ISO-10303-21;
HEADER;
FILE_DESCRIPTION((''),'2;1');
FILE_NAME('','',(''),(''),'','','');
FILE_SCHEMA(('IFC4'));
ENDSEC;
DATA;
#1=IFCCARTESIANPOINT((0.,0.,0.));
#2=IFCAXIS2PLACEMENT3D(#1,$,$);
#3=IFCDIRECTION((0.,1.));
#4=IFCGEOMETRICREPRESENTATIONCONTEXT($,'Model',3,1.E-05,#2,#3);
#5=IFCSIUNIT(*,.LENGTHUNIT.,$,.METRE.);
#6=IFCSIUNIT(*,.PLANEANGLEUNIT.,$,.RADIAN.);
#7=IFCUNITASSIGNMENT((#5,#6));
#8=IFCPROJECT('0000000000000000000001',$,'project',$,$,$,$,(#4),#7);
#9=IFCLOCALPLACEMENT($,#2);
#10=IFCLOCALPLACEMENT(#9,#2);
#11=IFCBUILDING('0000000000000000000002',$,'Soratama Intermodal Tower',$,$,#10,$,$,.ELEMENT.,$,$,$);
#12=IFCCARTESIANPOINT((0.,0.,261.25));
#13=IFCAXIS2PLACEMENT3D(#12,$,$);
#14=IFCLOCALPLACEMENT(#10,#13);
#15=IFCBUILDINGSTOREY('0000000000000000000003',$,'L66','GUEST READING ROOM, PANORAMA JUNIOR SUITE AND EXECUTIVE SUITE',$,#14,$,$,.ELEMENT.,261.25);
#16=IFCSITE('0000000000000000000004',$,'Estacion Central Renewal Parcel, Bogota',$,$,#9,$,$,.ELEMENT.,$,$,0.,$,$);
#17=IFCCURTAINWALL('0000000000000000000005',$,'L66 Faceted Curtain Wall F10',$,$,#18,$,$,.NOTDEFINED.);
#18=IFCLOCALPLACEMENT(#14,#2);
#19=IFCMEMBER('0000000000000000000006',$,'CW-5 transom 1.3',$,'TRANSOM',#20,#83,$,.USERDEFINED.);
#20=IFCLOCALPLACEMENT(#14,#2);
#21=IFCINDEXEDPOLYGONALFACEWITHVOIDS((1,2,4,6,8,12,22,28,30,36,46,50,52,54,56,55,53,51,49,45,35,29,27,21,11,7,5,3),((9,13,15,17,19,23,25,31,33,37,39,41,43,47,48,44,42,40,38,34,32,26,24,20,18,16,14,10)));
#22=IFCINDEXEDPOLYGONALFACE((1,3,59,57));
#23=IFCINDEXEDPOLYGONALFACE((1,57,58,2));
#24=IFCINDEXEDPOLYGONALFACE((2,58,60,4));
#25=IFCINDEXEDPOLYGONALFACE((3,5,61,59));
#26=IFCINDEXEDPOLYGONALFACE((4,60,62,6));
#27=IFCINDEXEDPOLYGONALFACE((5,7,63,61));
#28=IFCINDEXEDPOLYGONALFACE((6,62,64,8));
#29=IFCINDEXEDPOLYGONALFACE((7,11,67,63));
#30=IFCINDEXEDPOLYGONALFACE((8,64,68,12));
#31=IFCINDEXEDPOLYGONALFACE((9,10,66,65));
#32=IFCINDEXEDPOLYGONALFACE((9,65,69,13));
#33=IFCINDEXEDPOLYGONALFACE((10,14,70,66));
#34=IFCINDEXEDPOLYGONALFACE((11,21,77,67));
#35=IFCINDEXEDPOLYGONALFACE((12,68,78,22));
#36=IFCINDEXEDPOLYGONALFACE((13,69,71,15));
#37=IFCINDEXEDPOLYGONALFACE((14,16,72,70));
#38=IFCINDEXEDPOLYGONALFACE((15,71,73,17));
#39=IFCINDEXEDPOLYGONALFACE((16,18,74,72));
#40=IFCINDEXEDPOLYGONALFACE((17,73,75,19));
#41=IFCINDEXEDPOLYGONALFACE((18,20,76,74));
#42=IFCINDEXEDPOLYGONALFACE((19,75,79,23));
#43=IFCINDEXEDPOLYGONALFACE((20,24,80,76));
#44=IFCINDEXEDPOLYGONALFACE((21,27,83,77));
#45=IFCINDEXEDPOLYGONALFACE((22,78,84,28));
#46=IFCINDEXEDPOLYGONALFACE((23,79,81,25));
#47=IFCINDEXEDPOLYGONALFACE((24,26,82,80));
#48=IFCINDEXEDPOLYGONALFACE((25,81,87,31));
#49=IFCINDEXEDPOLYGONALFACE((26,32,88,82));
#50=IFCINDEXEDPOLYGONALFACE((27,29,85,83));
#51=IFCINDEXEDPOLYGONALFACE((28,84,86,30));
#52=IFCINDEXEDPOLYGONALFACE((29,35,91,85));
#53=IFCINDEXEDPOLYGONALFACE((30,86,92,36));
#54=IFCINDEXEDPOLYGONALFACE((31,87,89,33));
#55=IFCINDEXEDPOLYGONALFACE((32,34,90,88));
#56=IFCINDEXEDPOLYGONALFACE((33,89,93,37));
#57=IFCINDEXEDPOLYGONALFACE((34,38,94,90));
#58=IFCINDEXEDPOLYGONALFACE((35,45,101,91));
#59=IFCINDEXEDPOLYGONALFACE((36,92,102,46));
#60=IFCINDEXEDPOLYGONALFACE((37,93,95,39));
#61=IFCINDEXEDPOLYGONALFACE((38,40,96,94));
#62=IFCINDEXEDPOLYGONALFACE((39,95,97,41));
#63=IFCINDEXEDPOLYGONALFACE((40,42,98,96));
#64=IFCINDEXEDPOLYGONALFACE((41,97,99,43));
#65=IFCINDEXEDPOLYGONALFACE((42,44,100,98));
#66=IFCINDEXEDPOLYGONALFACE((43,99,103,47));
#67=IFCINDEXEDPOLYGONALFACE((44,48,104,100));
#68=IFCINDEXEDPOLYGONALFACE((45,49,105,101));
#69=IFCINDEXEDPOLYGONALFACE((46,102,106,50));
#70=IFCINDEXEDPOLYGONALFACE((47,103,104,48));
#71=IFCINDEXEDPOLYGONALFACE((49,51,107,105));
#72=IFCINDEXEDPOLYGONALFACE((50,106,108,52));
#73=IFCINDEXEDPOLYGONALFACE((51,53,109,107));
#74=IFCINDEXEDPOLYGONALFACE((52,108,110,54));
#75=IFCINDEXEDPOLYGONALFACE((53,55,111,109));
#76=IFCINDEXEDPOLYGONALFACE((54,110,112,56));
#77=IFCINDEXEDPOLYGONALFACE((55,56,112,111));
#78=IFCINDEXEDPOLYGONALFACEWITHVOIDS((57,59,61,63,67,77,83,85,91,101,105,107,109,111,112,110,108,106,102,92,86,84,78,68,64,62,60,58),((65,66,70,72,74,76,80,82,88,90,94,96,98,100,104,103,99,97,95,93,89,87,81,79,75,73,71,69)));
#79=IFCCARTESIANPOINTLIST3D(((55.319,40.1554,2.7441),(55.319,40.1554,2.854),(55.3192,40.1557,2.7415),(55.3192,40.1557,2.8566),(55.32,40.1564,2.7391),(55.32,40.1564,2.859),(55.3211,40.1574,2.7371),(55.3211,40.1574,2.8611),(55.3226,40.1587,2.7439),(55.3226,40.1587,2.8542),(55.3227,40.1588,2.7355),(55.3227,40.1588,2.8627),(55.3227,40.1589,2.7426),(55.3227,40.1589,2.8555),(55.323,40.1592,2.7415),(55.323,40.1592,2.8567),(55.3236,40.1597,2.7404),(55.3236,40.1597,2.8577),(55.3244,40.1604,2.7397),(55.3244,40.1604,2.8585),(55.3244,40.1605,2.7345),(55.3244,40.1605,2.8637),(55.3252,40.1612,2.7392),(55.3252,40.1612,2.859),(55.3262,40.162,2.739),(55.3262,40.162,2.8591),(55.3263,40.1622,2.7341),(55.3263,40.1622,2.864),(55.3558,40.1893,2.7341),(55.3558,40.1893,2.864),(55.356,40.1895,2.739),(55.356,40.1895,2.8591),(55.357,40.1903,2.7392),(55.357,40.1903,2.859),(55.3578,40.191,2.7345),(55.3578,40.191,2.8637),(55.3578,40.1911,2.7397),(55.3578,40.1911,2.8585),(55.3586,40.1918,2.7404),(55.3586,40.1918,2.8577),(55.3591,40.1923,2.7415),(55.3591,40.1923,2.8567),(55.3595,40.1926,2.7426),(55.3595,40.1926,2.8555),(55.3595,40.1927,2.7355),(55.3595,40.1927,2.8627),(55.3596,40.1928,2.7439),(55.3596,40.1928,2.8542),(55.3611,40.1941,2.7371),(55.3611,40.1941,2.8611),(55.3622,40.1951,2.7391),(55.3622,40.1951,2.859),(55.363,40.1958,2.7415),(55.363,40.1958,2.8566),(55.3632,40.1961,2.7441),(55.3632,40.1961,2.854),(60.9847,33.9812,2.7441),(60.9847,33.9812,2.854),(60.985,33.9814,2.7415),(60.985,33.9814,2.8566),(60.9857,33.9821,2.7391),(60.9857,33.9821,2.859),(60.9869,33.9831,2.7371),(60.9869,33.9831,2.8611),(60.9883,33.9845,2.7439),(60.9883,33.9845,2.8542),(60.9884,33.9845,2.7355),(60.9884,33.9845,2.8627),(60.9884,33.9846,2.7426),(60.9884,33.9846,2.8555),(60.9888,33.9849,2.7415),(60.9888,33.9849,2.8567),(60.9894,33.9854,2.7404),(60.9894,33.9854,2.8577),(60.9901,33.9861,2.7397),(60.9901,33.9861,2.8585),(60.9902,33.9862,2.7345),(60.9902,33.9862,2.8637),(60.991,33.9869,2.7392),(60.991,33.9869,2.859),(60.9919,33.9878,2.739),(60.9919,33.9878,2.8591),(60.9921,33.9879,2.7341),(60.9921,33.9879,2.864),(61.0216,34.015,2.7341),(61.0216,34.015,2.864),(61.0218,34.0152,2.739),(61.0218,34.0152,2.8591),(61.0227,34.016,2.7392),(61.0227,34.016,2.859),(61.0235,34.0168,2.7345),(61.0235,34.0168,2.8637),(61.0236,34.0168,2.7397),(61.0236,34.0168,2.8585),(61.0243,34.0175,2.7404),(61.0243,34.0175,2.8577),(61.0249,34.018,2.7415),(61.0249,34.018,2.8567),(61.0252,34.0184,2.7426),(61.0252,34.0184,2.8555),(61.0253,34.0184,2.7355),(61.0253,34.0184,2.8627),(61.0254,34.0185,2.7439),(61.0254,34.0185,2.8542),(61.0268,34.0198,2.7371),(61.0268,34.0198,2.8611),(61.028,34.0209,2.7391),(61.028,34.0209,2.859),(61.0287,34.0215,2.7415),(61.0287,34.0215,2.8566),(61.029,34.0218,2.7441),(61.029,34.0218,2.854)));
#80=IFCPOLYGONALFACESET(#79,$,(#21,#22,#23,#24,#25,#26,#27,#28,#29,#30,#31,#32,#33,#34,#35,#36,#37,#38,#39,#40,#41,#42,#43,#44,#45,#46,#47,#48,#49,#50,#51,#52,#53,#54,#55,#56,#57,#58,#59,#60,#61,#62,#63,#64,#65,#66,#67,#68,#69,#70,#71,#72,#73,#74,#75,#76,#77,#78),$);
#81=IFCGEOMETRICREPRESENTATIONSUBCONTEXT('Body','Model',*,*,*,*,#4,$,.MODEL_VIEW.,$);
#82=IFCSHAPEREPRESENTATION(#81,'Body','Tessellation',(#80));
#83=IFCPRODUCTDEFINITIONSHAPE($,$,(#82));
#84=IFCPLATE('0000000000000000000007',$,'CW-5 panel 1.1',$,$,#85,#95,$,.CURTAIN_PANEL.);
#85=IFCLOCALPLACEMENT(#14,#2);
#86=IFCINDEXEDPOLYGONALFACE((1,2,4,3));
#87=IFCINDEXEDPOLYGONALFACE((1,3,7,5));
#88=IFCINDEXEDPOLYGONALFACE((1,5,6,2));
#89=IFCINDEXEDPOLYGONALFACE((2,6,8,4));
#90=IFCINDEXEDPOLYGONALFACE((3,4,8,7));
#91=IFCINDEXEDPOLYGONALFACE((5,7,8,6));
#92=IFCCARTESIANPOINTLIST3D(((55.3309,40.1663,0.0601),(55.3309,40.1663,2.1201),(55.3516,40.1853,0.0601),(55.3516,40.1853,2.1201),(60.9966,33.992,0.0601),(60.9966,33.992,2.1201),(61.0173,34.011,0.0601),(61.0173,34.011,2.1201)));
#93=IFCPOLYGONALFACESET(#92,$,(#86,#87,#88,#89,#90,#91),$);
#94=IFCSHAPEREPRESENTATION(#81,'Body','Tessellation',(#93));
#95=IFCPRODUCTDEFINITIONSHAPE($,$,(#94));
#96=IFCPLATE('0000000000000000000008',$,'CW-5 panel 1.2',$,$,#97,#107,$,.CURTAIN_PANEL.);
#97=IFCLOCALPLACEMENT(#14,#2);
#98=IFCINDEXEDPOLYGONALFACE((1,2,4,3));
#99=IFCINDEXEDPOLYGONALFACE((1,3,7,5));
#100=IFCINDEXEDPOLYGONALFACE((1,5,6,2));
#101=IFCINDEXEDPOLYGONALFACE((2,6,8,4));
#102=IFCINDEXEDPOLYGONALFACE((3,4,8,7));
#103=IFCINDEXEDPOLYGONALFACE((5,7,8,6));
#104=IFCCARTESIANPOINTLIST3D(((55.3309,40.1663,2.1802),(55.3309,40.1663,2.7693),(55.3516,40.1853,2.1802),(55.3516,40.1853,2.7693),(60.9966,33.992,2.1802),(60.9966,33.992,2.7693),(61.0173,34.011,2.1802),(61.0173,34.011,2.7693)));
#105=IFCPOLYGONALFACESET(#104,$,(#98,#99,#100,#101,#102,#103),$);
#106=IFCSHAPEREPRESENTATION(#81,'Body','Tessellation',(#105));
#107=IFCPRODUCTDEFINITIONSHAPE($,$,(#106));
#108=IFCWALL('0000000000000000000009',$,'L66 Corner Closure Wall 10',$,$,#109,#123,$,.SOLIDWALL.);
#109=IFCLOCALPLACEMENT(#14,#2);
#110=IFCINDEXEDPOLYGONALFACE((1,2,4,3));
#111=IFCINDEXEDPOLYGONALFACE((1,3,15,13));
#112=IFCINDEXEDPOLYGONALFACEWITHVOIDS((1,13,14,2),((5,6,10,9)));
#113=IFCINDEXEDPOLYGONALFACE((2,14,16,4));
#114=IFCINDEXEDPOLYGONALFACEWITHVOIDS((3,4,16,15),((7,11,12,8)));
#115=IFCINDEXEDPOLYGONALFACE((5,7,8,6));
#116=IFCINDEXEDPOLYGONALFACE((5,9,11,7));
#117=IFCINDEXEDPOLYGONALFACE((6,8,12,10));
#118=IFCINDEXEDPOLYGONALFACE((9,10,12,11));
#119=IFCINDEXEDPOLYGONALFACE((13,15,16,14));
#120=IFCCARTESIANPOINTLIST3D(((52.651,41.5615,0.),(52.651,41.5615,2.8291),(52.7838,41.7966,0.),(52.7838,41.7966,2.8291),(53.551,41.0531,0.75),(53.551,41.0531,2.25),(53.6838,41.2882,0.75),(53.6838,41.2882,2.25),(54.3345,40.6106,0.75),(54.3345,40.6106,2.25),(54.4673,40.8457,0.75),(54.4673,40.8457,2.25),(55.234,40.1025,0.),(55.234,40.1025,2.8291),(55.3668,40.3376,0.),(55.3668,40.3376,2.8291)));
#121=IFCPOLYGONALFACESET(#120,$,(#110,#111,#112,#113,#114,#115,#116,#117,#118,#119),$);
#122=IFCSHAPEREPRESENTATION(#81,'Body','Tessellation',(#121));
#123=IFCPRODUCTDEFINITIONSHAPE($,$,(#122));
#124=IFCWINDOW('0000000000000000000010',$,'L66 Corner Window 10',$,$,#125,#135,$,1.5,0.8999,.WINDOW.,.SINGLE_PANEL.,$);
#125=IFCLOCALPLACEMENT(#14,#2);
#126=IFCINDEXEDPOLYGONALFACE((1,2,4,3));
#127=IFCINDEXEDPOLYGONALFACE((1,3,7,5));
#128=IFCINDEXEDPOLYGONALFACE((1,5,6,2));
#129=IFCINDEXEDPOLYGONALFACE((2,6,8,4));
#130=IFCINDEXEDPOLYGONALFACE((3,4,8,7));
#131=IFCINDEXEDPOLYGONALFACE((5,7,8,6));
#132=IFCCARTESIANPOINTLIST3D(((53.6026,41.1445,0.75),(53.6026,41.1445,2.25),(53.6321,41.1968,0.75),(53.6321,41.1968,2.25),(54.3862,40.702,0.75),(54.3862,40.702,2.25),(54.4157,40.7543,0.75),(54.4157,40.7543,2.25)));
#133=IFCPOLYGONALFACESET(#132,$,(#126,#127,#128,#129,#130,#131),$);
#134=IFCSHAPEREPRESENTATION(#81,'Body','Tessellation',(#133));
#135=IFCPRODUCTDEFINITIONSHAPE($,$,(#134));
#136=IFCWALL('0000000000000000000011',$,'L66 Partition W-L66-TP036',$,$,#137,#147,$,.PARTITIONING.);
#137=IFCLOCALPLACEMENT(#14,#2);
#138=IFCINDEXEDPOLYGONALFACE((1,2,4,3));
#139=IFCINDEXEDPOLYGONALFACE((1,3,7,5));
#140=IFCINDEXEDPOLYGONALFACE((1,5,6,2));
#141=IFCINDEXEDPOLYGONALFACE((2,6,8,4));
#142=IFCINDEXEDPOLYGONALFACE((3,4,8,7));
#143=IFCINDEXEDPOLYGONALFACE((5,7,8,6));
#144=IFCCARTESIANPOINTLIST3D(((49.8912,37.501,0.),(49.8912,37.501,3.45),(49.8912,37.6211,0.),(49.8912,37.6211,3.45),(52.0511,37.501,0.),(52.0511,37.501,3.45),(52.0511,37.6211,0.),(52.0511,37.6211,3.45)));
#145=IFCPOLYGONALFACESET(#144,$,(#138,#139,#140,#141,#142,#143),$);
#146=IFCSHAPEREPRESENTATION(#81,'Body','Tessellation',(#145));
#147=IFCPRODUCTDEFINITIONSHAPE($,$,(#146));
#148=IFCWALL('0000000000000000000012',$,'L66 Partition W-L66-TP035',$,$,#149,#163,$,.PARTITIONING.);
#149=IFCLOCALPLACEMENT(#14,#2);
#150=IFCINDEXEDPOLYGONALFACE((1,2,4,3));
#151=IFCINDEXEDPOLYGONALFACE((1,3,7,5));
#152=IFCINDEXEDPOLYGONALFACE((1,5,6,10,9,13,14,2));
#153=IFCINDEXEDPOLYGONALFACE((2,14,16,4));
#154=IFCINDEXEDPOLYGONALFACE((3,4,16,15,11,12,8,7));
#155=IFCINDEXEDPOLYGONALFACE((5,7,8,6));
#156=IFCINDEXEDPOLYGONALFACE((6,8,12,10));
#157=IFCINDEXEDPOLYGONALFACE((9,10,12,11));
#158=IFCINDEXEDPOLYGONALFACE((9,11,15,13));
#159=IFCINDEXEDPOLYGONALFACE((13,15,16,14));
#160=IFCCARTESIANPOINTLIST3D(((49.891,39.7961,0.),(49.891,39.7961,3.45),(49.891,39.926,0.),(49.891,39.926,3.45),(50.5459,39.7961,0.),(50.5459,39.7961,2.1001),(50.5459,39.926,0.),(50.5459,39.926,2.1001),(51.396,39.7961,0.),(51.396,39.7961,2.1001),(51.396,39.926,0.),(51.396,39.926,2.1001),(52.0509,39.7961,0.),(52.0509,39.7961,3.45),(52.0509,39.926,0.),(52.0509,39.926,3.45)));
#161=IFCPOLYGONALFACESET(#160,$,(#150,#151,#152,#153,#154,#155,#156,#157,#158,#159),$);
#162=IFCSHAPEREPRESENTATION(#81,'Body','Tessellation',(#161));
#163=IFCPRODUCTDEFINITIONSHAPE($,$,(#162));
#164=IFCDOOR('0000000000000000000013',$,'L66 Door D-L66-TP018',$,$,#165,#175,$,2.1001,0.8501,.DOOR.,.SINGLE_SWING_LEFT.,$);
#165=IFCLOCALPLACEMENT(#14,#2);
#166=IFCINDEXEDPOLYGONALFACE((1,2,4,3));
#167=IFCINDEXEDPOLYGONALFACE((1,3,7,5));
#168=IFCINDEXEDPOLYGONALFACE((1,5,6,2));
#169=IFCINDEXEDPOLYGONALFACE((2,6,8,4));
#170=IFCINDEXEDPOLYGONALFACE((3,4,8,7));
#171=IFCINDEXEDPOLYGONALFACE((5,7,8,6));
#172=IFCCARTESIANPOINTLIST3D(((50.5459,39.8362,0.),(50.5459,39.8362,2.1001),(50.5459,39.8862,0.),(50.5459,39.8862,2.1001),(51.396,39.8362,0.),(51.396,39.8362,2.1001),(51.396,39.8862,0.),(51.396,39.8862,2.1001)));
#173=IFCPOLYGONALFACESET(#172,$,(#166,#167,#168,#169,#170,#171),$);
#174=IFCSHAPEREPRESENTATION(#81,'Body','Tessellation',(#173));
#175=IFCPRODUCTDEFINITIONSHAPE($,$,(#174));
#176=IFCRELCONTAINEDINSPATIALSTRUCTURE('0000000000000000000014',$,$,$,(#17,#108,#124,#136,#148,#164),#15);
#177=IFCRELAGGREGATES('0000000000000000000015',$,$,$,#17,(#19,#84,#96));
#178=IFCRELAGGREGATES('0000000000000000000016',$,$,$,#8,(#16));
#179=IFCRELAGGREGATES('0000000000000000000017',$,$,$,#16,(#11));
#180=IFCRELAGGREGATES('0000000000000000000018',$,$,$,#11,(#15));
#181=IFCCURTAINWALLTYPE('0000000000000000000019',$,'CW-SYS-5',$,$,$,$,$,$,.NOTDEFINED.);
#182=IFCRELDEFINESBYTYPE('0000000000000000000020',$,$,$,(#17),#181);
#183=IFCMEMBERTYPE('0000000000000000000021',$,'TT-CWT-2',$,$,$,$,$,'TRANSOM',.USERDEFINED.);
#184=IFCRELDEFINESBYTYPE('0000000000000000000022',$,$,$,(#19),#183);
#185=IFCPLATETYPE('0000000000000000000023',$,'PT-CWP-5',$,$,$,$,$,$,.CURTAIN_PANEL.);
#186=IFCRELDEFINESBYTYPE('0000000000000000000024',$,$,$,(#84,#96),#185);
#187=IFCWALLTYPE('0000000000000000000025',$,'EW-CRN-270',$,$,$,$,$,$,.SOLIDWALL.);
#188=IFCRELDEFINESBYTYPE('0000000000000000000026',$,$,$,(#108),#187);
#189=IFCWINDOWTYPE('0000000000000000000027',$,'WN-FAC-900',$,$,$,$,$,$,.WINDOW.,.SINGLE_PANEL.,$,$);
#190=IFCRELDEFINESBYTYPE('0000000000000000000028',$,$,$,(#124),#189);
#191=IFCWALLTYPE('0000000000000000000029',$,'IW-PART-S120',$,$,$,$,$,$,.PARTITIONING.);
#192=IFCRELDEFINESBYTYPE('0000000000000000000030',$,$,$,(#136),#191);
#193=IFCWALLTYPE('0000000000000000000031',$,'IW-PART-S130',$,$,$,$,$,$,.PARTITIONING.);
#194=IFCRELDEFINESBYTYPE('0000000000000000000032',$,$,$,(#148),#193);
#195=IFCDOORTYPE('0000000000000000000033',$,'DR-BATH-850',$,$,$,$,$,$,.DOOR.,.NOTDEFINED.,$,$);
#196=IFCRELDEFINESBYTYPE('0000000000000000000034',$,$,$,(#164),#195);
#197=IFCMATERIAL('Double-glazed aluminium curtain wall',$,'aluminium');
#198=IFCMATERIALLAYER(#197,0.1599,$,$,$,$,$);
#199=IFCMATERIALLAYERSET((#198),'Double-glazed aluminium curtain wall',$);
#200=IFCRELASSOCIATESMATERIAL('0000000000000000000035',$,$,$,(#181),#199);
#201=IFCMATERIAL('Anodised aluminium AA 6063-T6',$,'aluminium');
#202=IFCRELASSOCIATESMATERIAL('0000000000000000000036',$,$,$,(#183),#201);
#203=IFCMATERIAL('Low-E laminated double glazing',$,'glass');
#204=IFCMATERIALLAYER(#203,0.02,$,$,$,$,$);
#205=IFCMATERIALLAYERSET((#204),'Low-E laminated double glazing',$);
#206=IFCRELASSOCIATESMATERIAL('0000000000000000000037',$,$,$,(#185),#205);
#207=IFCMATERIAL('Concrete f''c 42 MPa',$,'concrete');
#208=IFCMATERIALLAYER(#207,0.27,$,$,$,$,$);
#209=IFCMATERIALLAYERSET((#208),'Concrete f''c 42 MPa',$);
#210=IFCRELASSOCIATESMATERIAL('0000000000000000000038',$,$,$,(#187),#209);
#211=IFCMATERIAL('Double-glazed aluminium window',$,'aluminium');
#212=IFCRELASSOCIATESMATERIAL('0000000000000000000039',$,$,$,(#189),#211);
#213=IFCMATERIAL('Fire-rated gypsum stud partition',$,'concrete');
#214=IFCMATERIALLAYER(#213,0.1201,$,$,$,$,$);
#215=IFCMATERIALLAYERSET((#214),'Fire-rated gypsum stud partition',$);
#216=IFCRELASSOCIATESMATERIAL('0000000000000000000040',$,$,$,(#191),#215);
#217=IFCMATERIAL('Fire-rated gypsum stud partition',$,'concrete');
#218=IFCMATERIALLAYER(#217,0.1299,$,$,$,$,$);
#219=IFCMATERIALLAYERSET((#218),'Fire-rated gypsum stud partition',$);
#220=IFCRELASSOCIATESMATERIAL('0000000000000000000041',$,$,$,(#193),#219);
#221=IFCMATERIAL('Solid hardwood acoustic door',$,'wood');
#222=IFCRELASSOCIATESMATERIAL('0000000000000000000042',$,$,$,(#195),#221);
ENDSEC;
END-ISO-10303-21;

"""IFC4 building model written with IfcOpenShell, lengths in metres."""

from ifc_helpers import new_model, si_unit, direction, frame, frame_2d, origin, origin_2d, place, context, subcontext, project, spatial, rectangle, hollow_rectangle, extrude, material, layer, layer_set, material_profile, profile_set, type_object, element, fill, aggregate, save


model = new_model("IFC4")

# Units and contexts
model_context = context("Model", 3, precision=1e-05, world=origin(), true_north=direction((0.0, 1.0)))
body_context = subcontext(model_context, "Body", "Model", "MODEL_VIEW")
ifc_project = project(units=[si_unit("LENGTHUNIT", "METRE"), si_unit("PLANEANGLEUNIT", "RADIAN")], contexts=[model_context])

# Site, building, storey
site_placement = place(None, origin())
site = spatial("IfcSite", under=ifc_project, at=site_placement, Name="Estacion Central Renewal Parcel, Bogota", CompositionType="ELEMENT", RefElevation=0.0)
building_placement = place(site_placement, origin())
building = spatial("IfcBuilding", under=site, at=building_placement, Name="Soratama Intermodal Tower", CompositionType="ELEMENT")
storey_placement = place(building_placement, frame((0.0, 0.0, 261.25)))
storey = spatial("IfcBuildingStorey", under=building, at=storey_placement, Name="L66", Description="GUEST READING ROOM, PANORAMA JUNIOR SUITE AND EXECUTIVE SUITE", CompositionType="ELEMENT", Elevation=261.25)

# Curtain wall, member, plates
ifc_material_1 = material(Name="Double-glazed aluminium curtain wall", Category="aluminium")
ifc_layer_1 = layer(ifc_material_1, 0.1599)
ifc_layer_set_1 = layer_set([ifc_layer_1], Name="Double-glazed aluminium curtain wall")
curtain_wall_type = type_object("IfcCurtainWallType", Name="CW-SYS-5", PredefinedType="NOTDEFINED", material=ifc_layer_set_1)
curtain_wall_placement = place(storey_placement, origin())
curtain_wall = element("IfcCurtainWall", 1, at=curtain_wall_placement, inside=storey, type_object=curtain_wall_type, Name="L66 Faceted Curtain Wall F10", PredefinedType="NOTDEFINED")
ifc_material_2 = material(Name="Anodised aluminium AA 6063-T6", Category="aluminium")
ifc_material_profile_1 = material_profile(ifc_material_2, hollow_rectangle(XDim=0.0601, YDim=0.1299, WallThickness=0.0049, InnerFilletRadius=0.0049, OuterFilletRadius=0.01, at=origin_2d()), Name="CWT130X60X5")
ifc_profile_set_1 = profile_set([ifc_material_profile_1], Name="Anodised aluminium AA 6063-T6")
member_type_1 = type_object("IfcMemberType", Name="TT-CWT-2", ElementType="TRANSOM", PredefinedType="USERDEFINED", material=ifc_profile_set_1)
member_1_placement = place(storey_placement, frame((61.0068, 34.0015, 2.7991), z_axis=(-0.676112, 0.736798, 0.0), x_axis=(-0.736798, -0.676112, 0.0)))
member_1 = element("IfcMember", 2, at=member_1_placement, type_object=member_type_1, Name="CW-5 transom 1.3", ObjectType="TRANSOM", PredefinedType="USERDEFINED", context=body_context, shape_type="SweptSolid", body=[
    extrude(hollow_rectangle(XDim=0.0601, YDim=0.1299, WallThickness=0.0049, InnerFilletRadius=0.0049, OuterFilletRadius=0.01, at=origin_2d()), origin(), (0.0, 0.0, 1.0), 8.3799),
])
ifc_material_3 = material(Name="Low-E laminated double glazing", Category="glass")
ifc_layer_2 = layer(ifc_material_3, 0.02)
ifc_layer_set_2 = layer_set([ifc_layer_2], Name="Low-E laminated double glazing")
plate_type = type_object("IfcPlateType", Name="PT-CWP-5", PredefinedType="CURTAIN_PANEL", material=ifc_layer_set_2)
plate_1_placement = place(storey_placement, frame((58.1741, 37.0886, 0.0601), z_axis=(0.0, 0.0, 1.0), x_axis=(-0.676108, 0.736803, 0.0)))
plate_1 = element("IfcPlate", 3, at=plate_1_placement, type_object=plate_type, Name="CW-5 panel 1.1", PredefinedType="CURTAIN_PANEL", context=body_context, shape_type="SweptSolid", body=[
    extrude(rectangle(XDim=8.3799, YDim=0.0281, at=origin_2d()), origin(), (0.0, 0.0, 1.0), 2.0601),
])
plate_2_placement = place(storey_placement, frame((58.1741, 37.0886, 2.1802), z_axis=(0.0, 0.0, 1.0), x_axis=(-0.676108, 0.736803, 0.0)))
plate_2 = element("IfcPlate", 4, at=plate_2_placement, type_object=plate_type, Name="CW-5 panel 1.2", PredefinedType="CURTAIN_PANEL", context=body_context, shape_type="SweptSolid", body=[
    extrude(rectangle(XDim=8.3799, YDim=0.0281, at=origin_2d()), origin(), (0.0, 0.0, 1.0), 0.5891),
])
aggregate(curtain_wall, [member_1, plate_1, plate_2])

# Wall, opening, window
ifc_material_4 = material(Name="Concrete f'c 42 MPa", Category="concrete")
ifc_layer_3 = layer(ifc_material_4, 0.27)
ifc_layer_set_3 = layer_set([ifc_layer_3], Name="Concrete f'c 42 MPa")
wall_type_1 = type_object("IfcWallType", Name="EW-CRN-270", PredefinedType="SOLIDWALL", material=ifc_layer_set_3)
wall_1_placement = place(storey_placement, frame((55.3005, 40.22, 0.0), z_axis=(0.0, 0.0, 1.0), x_axis=(-0.870704, 0.491808, 0.0)))
wall_1 = element("IfcWall", 5, at=wall_1_placement, inside=storey, type_object=wall_type_1, Name="L66 Corner Closure Wall 10", PredefinedType="SOLIDWALL", context=body_context, shape_type="SweptSolid", body=[
    extrude(rectangle(XDim=2.9666, YDim=0.27, at=frame_2d((1.4834, 0.0))), origin(), (0.0, 0.0, 1.0), 2.8291),
])
opening_1_placement = place(wall_1_placement, frame((1.0332, 0.0, 0.75)))
opening_1 = element("IfcOpeningElement", 6, at=opening_1_placement, cuts=wall_1, PredefinedType="OPENING", context=body_context, shape_type="SweptSolid", body=[
    extrude(rectangle(XDim=0.8999, YDim=1.5, at=frame_2d((0.45, 0.75))), frame((0.0, 0.145, 0.0), z_axis=(0.0, -1.0, 0.0), x_axis=(1.0, 0.0, 0.0)), (0.0, 0.0, 1.0), 0.29),
])
ifc_material_5 = material(Name="Double-glazed aluminium window", Category="aluminium")
window_type_1 = type_object("IfcWindowType", Name="WN-FAC-900", PartitioningType="SINGLE_PANEL", PredefinedType="WINDOW", material=ifc_material_5)
window_1_placement = place(opening_1_placement, origin())
window_1 = element("IfcWindow", 7, at=window_1_placement, inside=storey, type_object=window_type_1, Name="L66 Corner Window 10", OverallHeight=1.5, OverallWidth=0.8999, PartitioningType="SINGLE_PANEL", PredefinedType="WINDOW", context=body_context, shape_type="SweptSolid", body=[
    extrude(rectangle(XDim=0.8999, YDim=1.5, at=frame_2d((0.45, 0.75))), frame((0.0, 0.03, 0.0), z_axis=(0.0, -1.0, 0.0), x_axis=(1.0, 0.0, 0.0)), (0.0, 0.0, 1.0), 0.0601),
])
fill(opening_1, window_1)

# Wall
ifc_material_6 = material(Name="Fire-rated gypsum stud partition", Category="concrete")
ifc_layer_4 = layer(ifc_material_6, 0.1201)
ifc_layer_set_4 = layer_set([ifc_layer_4], Name="Fire-rated gypsum stud partition")
wall_type_2 = type_object("IfcWallType", Name="IW-PART-S120", PredefinedType="PARTITIONING", material=ifc_layer_set_4)
wall_2_placement = place(storey_placement, frame((49.8911, 37.561, 0.0), z_axis=(0.0, 0.0, 1.0), x_axis=(1.0, 0.0, 0.0)))
element("IfcWall", 8, at=wall_2_placement, inside=storey, type_object=wall_type_2, Name="L66 Partition W-L66-TP036", PredefinedType="PARTITIONING", context=body_context, shape_type="SweptSolid", body=[
    extrude(rectangle(XDim=2.1599, YDim=0.1201, at=frame_2d((1.0801, 0.0))), origin(), (0.0, 0.0, 1.0), 3.45),
])

# Wall, opening, door
ifc_material_7 = material(Name="Fire-rated gypsum stud partition", Category="concrete")
ifc_layer_5 = layer(ifc_material_7, 0.1299)
ifc_layer_set_5 = layer_set([ifc_layer_5], Name="Fire-rated gypsum stud partition")
wall_type_3 = type_object("IfcWallType", Name="IW-PART-S130", PredefinedType="PARTITIONING", material=ifc_layer_set_5)
wall_3_placement = place(storey_placement, frame((52.051, 39.8611, 0.0), z_axis=(0.0, 0.0, 1.0), x_axis=(-1.0, 0.0, 0.0)))
wall_3 = element("IfcWall", 9, at=wall_3_placement, inside=storey, type_object=wall_type_3, Name="L66 Partition W-L66-TP035", PredefinedType="PARTITIONING", context=body_context, shape_type="SweptSolid", body=[
    extrude(rectangle(XDim=2.1599, YDim=0.1299, at=frame_2d((1.0801, 0.0))), origin(), (0.0, 0.0, 1.0), 3.45),
])
opening_2_placement = place(wall_3_placement, frame((0.655, 0.0, 0.0)))
opening_2 = element("IfcOpeningElement", 10, at=opening_2_placement, cuts=wall_3, PredefinedType="OPENING", context=body_context, shape_type="SweptSolid", body=[
    extrude(rectangle(XDim=0.8501, YDim=2.1001, at=frame_2d((0.425, 1.05))), frame((0.0, 0.075, 0.0), z_axis=(0.0, -1.0, 0.0), x_axis=(1.0, 0.0, 0.0)), (0.0, 0.0, 1.0), 0.1499),
])
ifc_material_8 = material(Name="Solid hardwood acoustic door", Category="wood")
door_type_1 = type_object("IfcDoorType", Name="DR-BATH-850", OperationType="NOTDEFINED", PredefinedType="DOOR", material=ifc_material_8)
door_1_placement = place(opening_2_placement, origin())
door_1 = element("IfcDoor", 11, at=door_1_placement, inside=storey, type_object=door_type_1, Name="L66 Door D-L66-TP018", OperationType="SINGLE_SWING_LEFT", OverallHeight=2.1001, OverallWidth=0.8501, PredefinedType="DOOR", context=body_context, shape_type="SweptSolid", body=[
    extrude(rectangle(XDim=0.8501, YDim=2.1001, at=frame_2d((0.425, 1.05))), frame((0.0, 0.0249, 0.0), z_axis=(0.0, -1.0, 0.0), x_axis=(1.0, 0.0, 0.0)), (0.0, 0.0, 1.0), 0.05),
])
fill(opening_2, door_1)

save(model, "model.ifc")
